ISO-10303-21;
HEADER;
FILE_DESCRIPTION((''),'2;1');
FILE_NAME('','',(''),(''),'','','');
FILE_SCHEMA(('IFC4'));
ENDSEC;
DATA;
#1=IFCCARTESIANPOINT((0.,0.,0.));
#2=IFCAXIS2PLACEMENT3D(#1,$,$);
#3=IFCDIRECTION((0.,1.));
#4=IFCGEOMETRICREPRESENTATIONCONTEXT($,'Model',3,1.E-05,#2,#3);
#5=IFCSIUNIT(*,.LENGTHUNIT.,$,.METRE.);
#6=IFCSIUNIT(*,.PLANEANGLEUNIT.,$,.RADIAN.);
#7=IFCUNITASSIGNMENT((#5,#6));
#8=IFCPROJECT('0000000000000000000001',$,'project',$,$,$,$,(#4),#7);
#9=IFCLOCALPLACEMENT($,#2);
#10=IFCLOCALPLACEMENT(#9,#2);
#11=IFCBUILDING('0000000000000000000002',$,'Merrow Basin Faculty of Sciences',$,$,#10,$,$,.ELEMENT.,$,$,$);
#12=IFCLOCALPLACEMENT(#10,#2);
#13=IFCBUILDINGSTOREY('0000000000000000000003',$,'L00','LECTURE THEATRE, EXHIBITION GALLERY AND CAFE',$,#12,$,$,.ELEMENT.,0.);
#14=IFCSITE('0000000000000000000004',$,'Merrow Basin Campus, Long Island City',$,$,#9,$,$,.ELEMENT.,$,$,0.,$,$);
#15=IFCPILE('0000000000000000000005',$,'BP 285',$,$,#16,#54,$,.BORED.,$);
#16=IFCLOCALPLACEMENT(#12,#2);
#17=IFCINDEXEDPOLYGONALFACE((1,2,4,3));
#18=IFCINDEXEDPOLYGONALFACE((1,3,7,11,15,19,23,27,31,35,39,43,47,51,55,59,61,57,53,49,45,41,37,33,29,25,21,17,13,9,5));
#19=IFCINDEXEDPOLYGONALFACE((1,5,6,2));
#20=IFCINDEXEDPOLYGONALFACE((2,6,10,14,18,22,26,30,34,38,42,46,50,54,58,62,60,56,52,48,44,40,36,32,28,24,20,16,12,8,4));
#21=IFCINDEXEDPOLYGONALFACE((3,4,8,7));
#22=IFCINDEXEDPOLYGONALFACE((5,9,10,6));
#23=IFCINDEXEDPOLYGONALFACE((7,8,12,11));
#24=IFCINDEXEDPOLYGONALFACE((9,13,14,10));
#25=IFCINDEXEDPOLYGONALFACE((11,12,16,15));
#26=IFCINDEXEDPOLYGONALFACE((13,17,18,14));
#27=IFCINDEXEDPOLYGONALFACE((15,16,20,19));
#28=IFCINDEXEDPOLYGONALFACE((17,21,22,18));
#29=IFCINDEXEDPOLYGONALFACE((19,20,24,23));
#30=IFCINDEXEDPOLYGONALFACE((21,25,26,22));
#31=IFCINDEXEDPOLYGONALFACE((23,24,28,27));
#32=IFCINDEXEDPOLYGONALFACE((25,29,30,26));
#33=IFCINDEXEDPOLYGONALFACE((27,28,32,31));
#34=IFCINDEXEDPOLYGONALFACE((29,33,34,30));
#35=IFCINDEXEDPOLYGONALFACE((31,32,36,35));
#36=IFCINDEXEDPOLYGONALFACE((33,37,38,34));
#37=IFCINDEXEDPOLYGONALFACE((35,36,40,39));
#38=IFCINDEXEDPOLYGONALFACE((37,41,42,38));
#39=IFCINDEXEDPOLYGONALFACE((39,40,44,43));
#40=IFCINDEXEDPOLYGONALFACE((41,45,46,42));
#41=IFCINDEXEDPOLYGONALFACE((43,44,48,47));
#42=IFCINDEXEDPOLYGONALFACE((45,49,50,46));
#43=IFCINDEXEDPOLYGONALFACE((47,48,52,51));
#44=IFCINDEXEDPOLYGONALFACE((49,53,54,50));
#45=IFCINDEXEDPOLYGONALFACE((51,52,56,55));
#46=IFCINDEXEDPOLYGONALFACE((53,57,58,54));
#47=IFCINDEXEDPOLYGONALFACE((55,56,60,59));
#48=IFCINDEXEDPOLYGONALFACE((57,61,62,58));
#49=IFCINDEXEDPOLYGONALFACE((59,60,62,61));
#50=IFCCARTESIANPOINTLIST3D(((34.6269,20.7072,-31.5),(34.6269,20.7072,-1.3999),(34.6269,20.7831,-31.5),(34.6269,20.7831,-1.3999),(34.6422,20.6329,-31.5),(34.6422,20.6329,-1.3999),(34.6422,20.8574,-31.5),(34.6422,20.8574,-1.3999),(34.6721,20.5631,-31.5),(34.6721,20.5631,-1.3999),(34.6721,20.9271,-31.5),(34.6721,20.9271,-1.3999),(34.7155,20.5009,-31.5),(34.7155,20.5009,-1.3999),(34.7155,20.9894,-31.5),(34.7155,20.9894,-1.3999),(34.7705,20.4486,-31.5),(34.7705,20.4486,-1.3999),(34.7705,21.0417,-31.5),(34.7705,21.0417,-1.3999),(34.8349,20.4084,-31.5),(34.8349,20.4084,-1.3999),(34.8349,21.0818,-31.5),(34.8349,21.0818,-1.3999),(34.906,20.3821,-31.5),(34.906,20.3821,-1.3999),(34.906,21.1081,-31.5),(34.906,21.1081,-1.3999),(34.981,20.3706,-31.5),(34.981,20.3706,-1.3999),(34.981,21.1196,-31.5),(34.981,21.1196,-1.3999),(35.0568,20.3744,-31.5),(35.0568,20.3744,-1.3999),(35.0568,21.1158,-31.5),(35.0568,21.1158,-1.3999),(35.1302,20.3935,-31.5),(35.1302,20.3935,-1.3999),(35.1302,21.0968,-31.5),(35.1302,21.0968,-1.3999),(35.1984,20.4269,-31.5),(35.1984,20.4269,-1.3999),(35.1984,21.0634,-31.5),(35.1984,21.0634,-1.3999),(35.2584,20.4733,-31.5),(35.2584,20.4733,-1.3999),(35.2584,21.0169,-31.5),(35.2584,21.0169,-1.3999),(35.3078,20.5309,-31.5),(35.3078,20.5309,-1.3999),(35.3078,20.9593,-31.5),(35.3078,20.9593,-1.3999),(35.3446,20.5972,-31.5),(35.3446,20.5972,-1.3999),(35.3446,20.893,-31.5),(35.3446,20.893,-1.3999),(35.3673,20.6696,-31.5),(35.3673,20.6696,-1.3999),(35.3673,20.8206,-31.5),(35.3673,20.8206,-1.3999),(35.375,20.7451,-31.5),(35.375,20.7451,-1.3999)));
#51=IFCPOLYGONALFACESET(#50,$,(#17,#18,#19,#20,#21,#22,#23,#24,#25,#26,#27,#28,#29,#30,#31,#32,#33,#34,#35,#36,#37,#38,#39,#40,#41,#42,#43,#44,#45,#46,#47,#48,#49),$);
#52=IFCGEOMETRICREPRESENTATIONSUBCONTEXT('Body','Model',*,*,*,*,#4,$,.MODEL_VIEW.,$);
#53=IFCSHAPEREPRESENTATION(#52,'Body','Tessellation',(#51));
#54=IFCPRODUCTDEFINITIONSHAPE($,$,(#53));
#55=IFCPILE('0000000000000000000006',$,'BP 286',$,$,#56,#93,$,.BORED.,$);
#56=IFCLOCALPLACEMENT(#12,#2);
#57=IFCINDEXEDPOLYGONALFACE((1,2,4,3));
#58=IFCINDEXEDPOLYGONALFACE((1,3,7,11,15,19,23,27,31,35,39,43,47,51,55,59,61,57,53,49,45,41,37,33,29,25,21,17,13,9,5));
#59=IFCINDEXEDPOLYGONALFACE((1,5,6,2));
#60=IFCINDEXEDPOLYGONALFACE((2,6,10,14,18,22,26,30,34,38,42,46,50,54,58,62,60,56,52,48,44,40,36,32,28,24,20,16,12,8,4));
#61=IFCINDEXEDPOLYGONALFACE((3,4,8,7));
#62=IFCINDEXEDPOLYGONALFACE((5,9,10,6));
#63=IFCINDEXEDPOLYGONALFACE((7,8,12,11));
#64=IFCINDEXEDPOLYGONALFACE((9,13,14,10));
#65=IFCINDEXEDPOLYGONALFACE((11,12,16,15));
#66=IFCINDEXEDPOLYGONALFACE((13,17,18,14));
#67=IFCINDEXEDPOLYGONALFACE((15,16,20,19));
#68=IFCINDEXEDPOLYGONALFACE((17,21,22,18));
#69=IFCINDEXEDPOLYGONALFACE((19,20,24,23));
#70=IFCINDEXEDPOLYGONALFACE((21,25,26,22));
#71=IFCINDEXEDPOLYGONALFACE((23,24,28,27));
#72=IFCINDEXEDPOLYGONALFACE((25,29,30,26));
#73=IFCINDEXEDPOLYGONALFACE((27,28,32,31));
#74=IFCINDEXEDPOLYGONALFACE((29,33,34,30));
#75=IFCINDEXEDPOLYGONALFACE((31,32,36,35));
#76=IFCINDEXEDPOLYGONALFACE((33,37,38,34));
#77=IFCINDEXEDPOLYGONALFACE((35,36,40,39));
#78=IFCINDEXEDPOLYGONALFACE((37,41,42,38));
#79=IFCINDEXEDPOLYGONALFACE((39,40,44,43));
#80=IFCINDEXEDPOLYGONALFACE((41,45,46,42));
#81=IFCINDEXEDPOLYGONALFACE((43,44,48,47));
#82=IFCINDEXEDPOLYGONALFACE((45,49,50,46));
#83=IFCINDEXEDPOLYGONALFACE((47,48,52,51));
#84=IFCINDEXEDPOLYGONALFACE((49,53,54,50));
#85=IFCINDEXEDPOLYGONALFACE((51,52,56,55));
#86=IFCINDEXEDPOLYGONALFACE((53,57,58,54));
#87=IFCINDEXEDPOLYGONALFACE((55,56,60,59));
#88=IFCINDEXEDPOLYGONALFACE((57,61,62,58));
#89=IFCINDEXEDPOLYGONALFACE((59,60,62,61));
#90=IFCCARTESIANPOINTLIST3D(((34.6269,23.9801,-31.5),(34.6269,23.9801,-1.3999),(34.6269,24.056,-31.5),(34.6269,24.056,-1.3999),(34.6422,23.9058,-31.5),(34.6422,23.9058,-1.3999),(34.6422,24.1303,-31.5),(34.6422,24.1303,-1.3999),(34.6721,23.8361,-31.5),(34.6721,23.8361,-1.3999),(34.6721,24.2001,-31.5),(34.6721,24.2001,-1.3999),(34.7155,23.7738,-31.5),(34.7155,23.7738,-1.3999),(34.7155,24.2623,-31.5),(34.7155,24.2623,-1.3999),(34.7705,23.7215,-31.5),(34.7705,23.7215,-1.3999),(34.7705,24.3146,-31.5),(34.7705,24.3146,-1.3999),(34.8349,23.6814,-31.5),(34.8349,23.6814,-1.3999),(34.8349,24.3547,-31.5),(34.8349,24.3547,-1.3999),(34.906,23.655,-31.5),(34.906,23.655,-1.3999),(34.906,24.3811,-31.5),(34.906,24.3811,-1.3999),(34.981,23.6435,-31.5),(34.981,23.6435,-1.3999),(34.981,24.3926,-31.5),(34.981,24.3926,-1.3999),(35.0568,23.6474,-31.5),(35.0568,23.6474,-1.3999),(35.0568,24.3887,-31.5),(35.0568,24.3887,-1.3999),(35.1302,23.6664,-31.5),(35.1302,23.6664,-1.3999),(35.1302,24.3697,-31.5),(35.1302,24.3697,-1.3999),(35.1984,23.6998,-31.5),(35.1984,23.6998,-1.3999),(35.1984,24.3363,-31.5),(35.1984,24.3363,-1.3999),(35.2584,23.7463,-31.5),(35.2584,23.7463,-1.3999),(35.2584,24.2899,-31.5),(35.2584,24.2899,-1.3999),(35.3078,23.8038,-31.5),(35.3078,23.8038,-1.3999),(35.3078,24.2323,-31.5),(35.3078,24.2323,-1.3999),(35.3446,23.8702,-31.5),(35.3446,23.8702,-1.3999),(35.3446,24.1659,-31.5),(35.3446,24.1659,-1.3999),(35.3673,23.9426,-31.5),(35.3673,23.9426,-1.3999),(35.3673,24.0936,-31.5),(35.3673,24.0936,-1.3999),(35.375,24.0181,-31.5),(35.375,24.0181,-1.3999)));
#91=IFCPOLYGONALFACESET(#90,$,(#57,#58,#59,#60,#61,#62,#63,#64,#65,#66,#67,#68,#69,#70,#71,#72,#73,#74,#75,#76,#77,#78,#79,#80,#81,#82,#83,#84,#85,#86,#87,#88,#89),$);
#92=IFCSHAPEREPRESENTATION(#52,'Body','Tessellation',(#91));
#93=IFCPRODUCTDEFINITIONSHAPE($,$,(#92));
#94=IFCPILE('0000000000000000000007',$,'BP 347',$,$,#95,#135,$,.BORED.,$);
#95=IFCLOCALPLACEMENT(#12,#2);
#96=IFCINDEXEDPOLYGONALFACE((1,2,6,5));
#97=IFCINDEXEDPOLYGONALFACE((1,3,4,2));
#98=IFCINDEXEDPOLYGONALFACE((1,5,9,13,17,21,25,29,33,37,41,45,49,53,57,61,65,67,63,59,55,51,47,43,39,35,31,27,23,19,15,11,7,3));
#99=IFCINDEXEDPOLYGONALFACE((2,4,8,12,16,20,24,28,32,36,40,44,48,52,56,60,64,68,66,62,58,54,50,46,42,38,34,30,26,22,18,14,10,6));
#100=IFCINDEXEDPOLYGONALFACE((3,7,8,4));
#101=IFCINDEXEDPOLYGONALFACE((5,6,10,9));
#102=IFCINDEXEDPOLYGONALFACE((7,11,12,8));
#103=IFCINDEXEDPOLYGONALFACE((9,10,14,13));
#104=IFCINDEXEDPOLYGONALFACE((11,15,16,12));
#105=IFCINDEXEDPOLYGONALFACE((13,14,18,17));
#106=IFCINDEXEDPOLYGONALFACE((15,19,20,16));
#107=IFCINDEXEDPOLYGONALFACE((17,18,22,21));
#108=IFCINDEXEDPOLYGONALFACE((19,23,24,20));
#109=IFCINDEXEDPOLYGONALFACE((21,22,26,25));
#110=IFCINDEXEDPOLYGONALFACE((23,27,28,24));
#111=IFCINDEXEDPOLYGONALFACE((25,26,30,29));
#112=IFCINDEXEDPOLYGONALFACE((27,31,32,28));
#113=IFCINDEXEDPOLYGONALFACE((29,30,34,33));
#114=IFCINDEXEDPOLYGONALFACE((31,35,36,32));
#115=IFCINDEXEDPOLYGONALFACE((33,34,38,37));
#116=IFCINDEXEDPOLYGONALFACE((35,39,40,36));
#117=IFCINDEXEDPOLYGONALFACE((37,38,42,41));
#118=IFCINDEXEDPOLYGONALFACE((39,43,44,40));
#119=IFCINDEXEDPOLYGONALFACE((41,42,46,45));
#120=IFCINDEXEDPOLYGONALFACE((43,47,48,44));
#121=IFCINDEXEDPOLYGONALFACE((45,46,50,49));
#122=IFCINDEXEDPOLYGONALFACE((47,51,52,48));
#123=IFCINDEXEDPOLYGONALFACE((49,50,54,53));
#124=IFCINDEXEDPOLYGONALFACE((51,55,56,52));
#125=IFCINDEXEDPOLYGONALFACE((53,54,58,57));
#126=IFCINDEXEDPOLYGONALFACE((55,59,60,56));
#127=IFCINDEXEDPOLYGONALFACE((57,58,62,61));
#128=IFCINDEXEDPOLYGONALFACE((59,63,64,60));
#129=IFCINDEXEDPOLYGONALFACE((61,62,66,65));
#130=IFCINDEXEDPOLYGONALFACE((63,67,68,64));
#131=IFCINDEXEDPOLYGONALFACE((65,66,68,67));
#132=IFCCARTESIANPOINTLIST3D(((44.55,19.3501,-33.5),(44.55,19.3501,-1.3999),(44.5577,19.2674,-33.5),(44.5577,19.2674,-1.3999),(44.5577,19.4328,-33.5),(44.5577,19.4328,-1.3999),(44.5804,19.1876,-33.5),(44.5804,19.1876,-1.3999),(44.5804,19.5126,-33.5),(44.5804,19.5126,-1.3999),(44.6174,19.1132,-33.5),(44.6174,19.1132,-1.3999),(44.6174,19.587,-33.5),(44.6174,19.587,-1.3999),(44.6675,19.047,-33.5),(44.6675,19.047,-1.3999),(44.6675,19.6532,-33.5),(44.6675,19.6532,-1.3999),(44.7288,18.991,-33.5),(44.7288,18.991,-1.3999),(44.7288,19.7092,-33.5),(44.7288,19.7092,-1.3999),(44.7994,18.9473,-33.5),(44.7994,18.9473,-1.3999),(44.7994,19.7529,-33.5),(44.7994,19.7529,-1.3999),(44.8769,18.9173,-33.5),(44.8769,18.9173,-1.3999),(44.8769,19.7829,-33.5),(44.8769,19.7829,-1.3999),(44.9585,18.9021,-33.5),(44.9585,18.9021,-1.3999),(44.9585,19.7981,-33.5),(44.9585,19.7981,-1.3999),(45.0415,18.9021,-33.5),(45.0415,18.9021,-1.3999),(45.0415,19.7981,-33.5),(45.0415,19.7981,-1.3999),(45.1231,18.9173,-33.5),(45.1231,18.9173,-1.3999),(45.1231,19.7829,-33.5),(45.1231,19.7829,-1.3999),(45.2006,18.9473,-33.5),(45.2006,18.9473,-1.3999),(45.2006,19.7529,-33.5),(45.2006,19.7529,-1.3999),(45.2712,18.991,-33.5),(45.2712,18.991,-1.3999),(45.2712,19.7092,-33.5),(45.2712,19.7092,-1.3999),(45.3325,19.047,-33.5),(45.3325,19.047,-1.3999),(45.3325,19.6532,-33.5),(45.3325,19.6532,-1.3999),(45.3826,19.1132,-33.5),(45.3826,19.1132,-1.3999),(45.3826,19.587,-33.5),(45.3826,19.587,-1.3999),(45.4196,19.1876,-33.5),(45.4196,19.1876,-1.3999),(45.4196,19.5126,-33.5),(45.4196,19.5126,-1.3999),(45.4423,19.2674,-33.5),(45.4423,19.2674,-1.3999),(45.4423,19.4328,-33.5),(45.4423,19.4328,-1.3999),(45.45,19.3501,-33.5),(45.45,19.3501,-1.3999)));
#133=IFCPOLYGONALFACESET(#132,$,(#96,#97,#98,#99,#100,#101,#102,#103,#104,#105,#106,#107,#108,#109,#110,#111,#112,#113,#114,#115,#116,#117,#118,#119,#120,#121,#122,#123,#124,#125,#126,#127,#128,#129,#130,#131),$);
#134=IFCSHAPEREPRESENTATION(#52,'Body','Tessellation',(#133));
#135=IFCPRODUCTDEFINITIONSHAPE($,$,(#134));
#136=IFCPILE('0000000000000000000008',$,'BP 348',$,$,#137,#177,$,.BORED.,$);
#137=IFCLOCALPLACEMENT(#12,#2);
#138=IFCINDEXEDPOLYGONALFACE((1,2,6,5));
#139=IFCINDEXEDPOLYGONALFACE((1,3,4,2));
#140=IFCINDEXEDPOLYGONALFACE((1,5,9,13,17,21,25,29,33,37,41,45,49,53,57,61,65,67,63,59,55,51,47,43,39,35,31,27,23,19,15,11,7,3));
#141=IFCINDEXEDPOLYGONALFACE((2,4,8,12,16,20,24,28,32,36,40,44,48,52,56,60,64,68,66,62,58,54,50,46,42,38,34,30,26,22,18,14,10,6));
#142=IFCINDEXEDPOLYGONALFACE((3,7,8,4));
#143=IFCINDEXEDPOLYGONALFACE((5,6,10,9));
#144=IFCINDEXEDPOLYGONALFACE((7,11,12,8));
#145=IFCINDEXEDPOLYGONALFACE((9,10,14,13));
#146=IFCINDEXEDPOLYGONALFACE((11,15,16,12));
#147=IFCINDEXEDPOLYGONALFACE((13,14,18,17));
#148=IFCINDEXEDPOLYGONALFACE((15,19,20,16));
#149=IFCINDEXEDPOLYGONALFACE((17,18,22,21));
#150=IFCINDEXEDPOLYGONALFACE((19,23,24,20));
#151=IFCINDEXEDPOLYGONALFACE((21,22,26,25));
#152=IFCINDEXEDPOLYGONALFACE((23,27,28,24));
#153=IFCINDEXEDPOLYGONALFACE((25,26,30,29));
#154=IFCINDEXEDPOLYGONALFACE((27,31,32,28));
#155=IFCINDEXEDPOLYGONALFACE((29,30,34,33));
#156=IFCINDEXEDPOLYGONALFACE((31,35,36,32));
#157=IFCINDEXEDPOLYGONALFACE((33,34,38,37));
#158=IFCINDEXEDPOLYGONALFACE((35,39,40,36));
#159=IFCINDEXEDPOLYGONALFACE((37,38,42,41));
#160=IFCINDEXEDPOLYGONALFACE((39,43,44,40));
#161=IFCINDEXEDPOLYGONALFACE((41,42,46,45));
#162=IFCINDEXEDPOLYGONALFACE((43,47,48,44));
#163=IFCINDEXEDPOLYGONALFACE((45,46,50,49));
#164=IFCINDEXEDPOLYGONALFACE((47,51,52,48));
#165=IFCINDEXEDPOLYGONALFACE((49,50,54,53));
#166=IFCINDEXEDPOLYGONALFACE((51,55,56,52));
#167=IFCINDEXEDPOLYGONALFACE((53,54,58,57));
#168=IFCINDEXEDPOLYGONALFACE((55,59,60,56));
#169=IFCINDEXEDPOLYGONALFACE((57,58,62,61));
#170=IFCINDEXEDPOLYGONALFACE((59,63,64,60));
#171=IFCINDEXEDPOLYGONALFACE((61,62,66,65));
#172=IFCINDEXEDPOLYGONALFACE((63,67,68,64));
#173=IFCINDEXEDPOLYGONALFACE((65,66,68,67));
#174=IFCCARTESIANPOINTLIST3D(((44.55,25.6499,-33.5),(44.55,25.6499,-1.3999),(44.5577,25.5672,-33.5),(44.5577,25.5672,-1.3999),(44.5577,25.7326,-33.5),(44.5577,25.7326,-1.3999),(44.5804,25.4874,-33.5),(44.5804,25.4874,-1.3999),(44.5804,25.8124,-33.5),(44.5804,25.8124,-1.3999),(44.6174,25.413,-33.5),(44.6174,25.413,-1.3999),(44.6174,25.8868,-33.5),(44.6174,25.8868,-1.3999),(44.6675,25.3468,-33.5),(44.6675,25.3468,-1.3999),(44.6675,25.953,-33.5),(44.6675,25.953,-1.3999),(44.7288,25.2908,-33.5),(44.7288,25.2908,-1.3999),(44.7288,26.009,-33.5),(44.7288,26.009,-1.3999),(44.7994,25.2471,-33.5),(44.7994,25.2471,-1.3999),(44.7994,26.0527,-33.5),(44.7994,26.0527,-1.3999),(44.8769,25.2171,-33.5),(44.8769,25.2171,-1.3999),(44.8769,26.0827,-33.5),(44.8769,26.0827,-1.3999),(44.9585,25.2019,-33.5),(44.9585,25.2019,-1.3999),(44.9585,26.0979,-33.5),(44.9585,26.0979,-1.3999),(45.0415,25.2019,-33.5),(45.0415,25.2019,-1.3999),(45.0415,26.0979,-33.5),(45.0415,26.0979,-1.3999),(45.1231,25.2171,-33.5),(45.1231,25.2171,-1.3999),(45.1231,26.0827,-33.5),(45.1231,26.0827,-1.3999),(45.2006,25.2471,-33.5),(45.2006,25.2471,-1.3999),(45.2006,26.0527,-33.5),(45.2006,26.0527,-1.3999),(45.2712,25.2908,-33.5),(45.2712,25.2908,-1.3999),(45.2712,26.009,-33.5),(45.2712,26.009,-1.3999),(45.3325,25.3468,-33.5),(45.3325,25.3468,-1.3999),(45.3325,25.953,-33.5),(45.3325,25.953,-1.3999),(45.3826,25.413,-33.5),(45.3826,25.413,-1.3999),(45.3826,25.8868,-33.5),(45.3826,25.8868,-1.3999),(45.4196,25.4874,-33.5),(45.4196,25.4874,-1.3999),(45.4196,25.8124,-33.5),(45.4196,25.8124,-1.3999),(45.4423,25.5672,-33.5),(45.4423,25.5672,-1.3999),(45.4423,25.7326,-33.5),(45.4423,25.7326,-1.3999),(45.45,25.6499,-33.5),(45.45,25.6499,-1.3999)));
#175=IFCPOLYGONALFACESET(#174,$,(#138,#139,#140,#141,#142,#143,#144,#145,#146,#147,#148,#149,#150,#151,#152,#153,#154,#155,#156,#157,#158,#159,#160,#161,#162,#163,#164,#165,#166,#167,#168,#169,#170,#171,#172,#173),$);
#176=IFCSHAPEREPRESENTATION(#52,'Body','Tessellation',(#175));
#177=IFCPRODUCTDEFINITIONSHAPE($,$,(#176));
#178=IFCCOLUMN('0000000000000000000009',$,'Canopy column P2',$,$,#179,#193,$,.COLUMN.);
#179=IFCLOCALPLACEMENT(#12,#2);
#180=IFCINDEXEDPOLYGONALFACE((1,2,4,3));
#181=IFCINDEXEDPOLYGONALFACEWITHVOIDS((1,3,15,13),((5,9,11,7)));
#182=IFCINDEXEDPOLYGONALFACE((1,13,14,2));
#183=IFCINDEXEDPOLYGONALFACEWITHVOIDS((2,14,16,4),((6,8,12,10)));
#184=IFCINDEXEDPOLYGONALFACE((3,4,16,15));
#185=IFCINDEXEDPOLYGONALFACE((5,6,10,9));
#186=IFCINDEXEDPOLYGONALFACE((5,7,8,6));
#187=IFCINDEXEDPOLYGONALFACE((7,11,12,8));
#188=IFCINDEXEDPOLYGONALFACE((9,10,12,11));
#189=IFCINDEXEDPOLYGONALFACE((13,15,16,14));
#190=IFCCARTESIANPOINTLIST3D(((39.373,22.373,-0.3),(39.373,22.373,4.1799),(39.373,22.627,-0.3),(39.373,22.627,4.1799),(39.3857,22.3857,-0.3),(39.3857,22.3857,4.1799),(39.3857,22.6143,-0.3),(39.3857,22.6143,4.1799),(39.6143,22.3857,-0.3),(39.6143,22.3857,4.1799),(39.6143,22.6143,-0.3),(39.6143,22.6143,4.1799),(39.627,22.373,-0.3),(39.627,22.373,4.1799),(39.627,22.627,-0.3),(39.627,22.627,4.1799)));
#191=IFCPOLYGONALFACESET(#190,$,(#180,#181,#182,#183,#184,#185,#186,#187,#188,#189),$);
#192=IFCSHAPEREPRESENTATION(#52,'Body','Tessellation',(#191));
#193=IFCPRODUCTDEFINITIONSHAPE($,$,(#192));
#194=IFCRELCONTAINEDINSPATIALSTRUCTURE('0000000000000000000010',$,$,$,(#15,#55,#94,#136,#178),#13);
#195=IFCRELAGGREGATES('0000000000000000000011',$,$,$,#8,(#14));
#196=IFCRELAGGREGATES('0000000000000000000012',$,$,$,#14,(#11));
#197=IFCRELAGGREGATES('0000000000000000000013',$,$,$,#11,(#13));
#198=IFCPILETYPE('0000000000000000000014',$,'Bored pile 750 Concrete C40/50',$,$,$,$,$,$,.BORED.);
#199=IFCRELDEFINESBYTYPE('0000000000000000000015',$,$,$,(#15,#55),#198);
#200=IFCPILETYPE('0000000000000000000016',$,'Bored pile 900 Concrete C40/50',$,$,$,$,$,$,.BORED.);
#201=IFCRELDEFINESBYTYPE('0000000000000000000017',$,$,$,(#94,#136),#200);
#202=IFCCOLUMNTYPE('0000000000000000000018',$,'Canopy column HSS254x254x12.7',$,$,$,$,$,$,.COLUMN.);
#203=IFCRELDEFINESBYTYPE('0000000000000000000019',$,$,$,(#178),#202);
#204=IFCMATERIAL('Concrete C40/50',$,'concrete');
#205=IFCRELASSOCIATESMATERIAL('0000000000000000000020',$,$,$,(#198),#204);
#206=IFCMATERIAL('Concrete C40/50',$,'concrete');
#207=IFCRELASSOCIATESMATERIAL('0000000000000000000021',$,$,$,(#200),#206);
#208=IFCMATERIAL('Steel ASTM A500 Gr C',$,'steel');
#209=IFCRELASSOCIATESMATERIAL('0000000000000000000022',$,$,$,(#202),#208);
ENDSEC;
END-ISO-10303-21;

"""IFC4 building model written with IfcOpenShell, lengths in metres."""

from ifc_helpers import new_model, si_unit, direction, frame, origin, origin_2d, place, context, subcontext, project, spatial, hollow_rectangle, circle, extrude, material, material_profile, profile_set, type_object, element, save


model = new_model("IFC4")

# Units and contexts
model_context = context("Model", 3, precision=1e-05, world=origin(), true_north=direction((0.0, 1.0)))
body_context = subcontext(model_context, "Body", "Model", "MODEL_VIEW")
ifc_project = project(units=[si_unit("LENGTHUNIT", "METRE"), si_unit("PLANEANGLEUNIT", "RADIAN")], contexts=[model_context])

# Site, building, storey
site_placement = place(None, origin())
site = spatial("IfcSite", under=ifc_project, at=site_placement, Name="Merrow Basin Campus, Long Island City", CompositionType="ELEMENT", RefElevation=0.0)
building_placement = place(site_placement, origin())
building = spatial("IfcBuilding", under=site, at=building_placement, Name="Merrow Basin Faculty of Sciences", CompositionType="ELEMENT")
storey_placement = place(building_placement, origin())
storey = spatial("IfcBuildingStorey", under=building, at=storey_placement, Name="L00", Description="LECTURE THEATRE, EXHIBITION GALLERY AND CAFE", CompositionType="ELEMENT", Elevation=0.0)

# Piles
ifc_material_1 = material(Name="Concrete C40/50", Category="concrete")
ifc_material_profile_1 = material_profile(ifc_material_1, circle(Radius=0.375, at=origin_2d()))
ifc_profile_set_1 = profile_set([ifc_material_profile_1], Name="Concrete C40/50")
pile_type_1 = type_object("IfcPileType", Name="Bored pile 750 Concrete C40/50", PredefinedType="BORED", material=ifc_profile_set_1)
for number, where, z_axis, x_axis, name in (
    (1, (35.0, 20.7451, -1.3999), (0.0, 0.0, -1.0), (1.0, 0.0, 0.0), "BP 285"),
    (2, (35.0, 24.0181, -1.3999), (0.0, 0.0, -1.0), (1.0, 0.0, 0.0), "BP 286"),
):
    element("IfcPile", number, at=place(storey_placement, frame(where, z_axis=z_axis, x_axis=x_axis)), inside=storey, type_object=pile_type_1, Name=name, PredefinedType="BORED", context=body_context, shape_type="SweptSolid", body=[
        extrude(circle(Radius=0.375, at=origin_2d()), origin(), (0.0, 0.0, 1.0), 30.1001),
    ])
ifc_material_2 = material(Name="Concrete C40/50", Category="concrete")
ifc_material_profile_2 = material_profile(ifc_material_2, circle(Radius=0.45, at=origin_2d()))
ifc_profile_set_2 = profile_set([ifc_material_profile_2], Name="Concrete C40/50")
pile_type_2 = type_object("IfcPileType", Name="Bored pile 900 Concrete C40/50", PredefinedType="BORED", material=ifc_profile_set_2)
for number, where, z_axis, x_axis, name in (
    (3, (45.0, 19.3501, -1.3999), (0.0, 0.0, -1.0), (1.0, 0.0, 0.0), "BP 347"),
    (4, (45.0, 25.6499, -1.3999), (0.0, 0.0, -1.0), (1.0, 0.0, 0.0), "BP 348"),
):
    element("IfcPile", number, at=place(storey_placement, frame(where, z_axis=z_axis, x_axis=x_axis)), inside=storey, type_object=pile_type_2, Name=name, PredefinedType="BORED", context=body_context, shape_type="SweptSolid", body=[
        extrude(circle(Radius=0.45, at=origin_2d()), origin(), (0.0, 0.0, 1.0), 32.1001),
    ])

# Column
ifc_material_3 = material(Name="Steel ASTM A500 Gr C", Category="steel")
ifc_material_profile_3 = material_profile(ifc_material_3, hollow_rectangle(XDim=0.2539, YDim=0.2539, WallThickness=0.0127, at=origin_2d()))
ifc_profile_set_3 = profile_set([ifc_material_profile_3], Name="Steel ASTM A500 Gr C")
column_type_1 = type_object("IfcColumnType", Name="Canopy column HSS254x254x12.7", PredefinedType="COLUMN", material=ifc_profile_set_3)
for number, where, z_axis, x_axis, name in (
    (5, (39.5, 22.5, -0.3), (0.0, 0.0, 1.0), (1.0, 0.0, 0.0), "Canopy column P2"),
):
    element("IfcColumn", number, at=place(storey_placement, frame(where, z_axis=z_axis, x_axis=x_axis)), inside=storey, type_object=column_type_1, Name=name, PredefinedType="COLUMN", context=body_context, shape_type="SweptSolid", body=[
        extrude(hollow_rectangle(XDim=0.2539, YDim=0.2539, WallThickness=0.0127, at=origin_2d()), origin(), (0.0, 0.0, 1.0), 4.48),
    ])

save(model, "model.ifc")
